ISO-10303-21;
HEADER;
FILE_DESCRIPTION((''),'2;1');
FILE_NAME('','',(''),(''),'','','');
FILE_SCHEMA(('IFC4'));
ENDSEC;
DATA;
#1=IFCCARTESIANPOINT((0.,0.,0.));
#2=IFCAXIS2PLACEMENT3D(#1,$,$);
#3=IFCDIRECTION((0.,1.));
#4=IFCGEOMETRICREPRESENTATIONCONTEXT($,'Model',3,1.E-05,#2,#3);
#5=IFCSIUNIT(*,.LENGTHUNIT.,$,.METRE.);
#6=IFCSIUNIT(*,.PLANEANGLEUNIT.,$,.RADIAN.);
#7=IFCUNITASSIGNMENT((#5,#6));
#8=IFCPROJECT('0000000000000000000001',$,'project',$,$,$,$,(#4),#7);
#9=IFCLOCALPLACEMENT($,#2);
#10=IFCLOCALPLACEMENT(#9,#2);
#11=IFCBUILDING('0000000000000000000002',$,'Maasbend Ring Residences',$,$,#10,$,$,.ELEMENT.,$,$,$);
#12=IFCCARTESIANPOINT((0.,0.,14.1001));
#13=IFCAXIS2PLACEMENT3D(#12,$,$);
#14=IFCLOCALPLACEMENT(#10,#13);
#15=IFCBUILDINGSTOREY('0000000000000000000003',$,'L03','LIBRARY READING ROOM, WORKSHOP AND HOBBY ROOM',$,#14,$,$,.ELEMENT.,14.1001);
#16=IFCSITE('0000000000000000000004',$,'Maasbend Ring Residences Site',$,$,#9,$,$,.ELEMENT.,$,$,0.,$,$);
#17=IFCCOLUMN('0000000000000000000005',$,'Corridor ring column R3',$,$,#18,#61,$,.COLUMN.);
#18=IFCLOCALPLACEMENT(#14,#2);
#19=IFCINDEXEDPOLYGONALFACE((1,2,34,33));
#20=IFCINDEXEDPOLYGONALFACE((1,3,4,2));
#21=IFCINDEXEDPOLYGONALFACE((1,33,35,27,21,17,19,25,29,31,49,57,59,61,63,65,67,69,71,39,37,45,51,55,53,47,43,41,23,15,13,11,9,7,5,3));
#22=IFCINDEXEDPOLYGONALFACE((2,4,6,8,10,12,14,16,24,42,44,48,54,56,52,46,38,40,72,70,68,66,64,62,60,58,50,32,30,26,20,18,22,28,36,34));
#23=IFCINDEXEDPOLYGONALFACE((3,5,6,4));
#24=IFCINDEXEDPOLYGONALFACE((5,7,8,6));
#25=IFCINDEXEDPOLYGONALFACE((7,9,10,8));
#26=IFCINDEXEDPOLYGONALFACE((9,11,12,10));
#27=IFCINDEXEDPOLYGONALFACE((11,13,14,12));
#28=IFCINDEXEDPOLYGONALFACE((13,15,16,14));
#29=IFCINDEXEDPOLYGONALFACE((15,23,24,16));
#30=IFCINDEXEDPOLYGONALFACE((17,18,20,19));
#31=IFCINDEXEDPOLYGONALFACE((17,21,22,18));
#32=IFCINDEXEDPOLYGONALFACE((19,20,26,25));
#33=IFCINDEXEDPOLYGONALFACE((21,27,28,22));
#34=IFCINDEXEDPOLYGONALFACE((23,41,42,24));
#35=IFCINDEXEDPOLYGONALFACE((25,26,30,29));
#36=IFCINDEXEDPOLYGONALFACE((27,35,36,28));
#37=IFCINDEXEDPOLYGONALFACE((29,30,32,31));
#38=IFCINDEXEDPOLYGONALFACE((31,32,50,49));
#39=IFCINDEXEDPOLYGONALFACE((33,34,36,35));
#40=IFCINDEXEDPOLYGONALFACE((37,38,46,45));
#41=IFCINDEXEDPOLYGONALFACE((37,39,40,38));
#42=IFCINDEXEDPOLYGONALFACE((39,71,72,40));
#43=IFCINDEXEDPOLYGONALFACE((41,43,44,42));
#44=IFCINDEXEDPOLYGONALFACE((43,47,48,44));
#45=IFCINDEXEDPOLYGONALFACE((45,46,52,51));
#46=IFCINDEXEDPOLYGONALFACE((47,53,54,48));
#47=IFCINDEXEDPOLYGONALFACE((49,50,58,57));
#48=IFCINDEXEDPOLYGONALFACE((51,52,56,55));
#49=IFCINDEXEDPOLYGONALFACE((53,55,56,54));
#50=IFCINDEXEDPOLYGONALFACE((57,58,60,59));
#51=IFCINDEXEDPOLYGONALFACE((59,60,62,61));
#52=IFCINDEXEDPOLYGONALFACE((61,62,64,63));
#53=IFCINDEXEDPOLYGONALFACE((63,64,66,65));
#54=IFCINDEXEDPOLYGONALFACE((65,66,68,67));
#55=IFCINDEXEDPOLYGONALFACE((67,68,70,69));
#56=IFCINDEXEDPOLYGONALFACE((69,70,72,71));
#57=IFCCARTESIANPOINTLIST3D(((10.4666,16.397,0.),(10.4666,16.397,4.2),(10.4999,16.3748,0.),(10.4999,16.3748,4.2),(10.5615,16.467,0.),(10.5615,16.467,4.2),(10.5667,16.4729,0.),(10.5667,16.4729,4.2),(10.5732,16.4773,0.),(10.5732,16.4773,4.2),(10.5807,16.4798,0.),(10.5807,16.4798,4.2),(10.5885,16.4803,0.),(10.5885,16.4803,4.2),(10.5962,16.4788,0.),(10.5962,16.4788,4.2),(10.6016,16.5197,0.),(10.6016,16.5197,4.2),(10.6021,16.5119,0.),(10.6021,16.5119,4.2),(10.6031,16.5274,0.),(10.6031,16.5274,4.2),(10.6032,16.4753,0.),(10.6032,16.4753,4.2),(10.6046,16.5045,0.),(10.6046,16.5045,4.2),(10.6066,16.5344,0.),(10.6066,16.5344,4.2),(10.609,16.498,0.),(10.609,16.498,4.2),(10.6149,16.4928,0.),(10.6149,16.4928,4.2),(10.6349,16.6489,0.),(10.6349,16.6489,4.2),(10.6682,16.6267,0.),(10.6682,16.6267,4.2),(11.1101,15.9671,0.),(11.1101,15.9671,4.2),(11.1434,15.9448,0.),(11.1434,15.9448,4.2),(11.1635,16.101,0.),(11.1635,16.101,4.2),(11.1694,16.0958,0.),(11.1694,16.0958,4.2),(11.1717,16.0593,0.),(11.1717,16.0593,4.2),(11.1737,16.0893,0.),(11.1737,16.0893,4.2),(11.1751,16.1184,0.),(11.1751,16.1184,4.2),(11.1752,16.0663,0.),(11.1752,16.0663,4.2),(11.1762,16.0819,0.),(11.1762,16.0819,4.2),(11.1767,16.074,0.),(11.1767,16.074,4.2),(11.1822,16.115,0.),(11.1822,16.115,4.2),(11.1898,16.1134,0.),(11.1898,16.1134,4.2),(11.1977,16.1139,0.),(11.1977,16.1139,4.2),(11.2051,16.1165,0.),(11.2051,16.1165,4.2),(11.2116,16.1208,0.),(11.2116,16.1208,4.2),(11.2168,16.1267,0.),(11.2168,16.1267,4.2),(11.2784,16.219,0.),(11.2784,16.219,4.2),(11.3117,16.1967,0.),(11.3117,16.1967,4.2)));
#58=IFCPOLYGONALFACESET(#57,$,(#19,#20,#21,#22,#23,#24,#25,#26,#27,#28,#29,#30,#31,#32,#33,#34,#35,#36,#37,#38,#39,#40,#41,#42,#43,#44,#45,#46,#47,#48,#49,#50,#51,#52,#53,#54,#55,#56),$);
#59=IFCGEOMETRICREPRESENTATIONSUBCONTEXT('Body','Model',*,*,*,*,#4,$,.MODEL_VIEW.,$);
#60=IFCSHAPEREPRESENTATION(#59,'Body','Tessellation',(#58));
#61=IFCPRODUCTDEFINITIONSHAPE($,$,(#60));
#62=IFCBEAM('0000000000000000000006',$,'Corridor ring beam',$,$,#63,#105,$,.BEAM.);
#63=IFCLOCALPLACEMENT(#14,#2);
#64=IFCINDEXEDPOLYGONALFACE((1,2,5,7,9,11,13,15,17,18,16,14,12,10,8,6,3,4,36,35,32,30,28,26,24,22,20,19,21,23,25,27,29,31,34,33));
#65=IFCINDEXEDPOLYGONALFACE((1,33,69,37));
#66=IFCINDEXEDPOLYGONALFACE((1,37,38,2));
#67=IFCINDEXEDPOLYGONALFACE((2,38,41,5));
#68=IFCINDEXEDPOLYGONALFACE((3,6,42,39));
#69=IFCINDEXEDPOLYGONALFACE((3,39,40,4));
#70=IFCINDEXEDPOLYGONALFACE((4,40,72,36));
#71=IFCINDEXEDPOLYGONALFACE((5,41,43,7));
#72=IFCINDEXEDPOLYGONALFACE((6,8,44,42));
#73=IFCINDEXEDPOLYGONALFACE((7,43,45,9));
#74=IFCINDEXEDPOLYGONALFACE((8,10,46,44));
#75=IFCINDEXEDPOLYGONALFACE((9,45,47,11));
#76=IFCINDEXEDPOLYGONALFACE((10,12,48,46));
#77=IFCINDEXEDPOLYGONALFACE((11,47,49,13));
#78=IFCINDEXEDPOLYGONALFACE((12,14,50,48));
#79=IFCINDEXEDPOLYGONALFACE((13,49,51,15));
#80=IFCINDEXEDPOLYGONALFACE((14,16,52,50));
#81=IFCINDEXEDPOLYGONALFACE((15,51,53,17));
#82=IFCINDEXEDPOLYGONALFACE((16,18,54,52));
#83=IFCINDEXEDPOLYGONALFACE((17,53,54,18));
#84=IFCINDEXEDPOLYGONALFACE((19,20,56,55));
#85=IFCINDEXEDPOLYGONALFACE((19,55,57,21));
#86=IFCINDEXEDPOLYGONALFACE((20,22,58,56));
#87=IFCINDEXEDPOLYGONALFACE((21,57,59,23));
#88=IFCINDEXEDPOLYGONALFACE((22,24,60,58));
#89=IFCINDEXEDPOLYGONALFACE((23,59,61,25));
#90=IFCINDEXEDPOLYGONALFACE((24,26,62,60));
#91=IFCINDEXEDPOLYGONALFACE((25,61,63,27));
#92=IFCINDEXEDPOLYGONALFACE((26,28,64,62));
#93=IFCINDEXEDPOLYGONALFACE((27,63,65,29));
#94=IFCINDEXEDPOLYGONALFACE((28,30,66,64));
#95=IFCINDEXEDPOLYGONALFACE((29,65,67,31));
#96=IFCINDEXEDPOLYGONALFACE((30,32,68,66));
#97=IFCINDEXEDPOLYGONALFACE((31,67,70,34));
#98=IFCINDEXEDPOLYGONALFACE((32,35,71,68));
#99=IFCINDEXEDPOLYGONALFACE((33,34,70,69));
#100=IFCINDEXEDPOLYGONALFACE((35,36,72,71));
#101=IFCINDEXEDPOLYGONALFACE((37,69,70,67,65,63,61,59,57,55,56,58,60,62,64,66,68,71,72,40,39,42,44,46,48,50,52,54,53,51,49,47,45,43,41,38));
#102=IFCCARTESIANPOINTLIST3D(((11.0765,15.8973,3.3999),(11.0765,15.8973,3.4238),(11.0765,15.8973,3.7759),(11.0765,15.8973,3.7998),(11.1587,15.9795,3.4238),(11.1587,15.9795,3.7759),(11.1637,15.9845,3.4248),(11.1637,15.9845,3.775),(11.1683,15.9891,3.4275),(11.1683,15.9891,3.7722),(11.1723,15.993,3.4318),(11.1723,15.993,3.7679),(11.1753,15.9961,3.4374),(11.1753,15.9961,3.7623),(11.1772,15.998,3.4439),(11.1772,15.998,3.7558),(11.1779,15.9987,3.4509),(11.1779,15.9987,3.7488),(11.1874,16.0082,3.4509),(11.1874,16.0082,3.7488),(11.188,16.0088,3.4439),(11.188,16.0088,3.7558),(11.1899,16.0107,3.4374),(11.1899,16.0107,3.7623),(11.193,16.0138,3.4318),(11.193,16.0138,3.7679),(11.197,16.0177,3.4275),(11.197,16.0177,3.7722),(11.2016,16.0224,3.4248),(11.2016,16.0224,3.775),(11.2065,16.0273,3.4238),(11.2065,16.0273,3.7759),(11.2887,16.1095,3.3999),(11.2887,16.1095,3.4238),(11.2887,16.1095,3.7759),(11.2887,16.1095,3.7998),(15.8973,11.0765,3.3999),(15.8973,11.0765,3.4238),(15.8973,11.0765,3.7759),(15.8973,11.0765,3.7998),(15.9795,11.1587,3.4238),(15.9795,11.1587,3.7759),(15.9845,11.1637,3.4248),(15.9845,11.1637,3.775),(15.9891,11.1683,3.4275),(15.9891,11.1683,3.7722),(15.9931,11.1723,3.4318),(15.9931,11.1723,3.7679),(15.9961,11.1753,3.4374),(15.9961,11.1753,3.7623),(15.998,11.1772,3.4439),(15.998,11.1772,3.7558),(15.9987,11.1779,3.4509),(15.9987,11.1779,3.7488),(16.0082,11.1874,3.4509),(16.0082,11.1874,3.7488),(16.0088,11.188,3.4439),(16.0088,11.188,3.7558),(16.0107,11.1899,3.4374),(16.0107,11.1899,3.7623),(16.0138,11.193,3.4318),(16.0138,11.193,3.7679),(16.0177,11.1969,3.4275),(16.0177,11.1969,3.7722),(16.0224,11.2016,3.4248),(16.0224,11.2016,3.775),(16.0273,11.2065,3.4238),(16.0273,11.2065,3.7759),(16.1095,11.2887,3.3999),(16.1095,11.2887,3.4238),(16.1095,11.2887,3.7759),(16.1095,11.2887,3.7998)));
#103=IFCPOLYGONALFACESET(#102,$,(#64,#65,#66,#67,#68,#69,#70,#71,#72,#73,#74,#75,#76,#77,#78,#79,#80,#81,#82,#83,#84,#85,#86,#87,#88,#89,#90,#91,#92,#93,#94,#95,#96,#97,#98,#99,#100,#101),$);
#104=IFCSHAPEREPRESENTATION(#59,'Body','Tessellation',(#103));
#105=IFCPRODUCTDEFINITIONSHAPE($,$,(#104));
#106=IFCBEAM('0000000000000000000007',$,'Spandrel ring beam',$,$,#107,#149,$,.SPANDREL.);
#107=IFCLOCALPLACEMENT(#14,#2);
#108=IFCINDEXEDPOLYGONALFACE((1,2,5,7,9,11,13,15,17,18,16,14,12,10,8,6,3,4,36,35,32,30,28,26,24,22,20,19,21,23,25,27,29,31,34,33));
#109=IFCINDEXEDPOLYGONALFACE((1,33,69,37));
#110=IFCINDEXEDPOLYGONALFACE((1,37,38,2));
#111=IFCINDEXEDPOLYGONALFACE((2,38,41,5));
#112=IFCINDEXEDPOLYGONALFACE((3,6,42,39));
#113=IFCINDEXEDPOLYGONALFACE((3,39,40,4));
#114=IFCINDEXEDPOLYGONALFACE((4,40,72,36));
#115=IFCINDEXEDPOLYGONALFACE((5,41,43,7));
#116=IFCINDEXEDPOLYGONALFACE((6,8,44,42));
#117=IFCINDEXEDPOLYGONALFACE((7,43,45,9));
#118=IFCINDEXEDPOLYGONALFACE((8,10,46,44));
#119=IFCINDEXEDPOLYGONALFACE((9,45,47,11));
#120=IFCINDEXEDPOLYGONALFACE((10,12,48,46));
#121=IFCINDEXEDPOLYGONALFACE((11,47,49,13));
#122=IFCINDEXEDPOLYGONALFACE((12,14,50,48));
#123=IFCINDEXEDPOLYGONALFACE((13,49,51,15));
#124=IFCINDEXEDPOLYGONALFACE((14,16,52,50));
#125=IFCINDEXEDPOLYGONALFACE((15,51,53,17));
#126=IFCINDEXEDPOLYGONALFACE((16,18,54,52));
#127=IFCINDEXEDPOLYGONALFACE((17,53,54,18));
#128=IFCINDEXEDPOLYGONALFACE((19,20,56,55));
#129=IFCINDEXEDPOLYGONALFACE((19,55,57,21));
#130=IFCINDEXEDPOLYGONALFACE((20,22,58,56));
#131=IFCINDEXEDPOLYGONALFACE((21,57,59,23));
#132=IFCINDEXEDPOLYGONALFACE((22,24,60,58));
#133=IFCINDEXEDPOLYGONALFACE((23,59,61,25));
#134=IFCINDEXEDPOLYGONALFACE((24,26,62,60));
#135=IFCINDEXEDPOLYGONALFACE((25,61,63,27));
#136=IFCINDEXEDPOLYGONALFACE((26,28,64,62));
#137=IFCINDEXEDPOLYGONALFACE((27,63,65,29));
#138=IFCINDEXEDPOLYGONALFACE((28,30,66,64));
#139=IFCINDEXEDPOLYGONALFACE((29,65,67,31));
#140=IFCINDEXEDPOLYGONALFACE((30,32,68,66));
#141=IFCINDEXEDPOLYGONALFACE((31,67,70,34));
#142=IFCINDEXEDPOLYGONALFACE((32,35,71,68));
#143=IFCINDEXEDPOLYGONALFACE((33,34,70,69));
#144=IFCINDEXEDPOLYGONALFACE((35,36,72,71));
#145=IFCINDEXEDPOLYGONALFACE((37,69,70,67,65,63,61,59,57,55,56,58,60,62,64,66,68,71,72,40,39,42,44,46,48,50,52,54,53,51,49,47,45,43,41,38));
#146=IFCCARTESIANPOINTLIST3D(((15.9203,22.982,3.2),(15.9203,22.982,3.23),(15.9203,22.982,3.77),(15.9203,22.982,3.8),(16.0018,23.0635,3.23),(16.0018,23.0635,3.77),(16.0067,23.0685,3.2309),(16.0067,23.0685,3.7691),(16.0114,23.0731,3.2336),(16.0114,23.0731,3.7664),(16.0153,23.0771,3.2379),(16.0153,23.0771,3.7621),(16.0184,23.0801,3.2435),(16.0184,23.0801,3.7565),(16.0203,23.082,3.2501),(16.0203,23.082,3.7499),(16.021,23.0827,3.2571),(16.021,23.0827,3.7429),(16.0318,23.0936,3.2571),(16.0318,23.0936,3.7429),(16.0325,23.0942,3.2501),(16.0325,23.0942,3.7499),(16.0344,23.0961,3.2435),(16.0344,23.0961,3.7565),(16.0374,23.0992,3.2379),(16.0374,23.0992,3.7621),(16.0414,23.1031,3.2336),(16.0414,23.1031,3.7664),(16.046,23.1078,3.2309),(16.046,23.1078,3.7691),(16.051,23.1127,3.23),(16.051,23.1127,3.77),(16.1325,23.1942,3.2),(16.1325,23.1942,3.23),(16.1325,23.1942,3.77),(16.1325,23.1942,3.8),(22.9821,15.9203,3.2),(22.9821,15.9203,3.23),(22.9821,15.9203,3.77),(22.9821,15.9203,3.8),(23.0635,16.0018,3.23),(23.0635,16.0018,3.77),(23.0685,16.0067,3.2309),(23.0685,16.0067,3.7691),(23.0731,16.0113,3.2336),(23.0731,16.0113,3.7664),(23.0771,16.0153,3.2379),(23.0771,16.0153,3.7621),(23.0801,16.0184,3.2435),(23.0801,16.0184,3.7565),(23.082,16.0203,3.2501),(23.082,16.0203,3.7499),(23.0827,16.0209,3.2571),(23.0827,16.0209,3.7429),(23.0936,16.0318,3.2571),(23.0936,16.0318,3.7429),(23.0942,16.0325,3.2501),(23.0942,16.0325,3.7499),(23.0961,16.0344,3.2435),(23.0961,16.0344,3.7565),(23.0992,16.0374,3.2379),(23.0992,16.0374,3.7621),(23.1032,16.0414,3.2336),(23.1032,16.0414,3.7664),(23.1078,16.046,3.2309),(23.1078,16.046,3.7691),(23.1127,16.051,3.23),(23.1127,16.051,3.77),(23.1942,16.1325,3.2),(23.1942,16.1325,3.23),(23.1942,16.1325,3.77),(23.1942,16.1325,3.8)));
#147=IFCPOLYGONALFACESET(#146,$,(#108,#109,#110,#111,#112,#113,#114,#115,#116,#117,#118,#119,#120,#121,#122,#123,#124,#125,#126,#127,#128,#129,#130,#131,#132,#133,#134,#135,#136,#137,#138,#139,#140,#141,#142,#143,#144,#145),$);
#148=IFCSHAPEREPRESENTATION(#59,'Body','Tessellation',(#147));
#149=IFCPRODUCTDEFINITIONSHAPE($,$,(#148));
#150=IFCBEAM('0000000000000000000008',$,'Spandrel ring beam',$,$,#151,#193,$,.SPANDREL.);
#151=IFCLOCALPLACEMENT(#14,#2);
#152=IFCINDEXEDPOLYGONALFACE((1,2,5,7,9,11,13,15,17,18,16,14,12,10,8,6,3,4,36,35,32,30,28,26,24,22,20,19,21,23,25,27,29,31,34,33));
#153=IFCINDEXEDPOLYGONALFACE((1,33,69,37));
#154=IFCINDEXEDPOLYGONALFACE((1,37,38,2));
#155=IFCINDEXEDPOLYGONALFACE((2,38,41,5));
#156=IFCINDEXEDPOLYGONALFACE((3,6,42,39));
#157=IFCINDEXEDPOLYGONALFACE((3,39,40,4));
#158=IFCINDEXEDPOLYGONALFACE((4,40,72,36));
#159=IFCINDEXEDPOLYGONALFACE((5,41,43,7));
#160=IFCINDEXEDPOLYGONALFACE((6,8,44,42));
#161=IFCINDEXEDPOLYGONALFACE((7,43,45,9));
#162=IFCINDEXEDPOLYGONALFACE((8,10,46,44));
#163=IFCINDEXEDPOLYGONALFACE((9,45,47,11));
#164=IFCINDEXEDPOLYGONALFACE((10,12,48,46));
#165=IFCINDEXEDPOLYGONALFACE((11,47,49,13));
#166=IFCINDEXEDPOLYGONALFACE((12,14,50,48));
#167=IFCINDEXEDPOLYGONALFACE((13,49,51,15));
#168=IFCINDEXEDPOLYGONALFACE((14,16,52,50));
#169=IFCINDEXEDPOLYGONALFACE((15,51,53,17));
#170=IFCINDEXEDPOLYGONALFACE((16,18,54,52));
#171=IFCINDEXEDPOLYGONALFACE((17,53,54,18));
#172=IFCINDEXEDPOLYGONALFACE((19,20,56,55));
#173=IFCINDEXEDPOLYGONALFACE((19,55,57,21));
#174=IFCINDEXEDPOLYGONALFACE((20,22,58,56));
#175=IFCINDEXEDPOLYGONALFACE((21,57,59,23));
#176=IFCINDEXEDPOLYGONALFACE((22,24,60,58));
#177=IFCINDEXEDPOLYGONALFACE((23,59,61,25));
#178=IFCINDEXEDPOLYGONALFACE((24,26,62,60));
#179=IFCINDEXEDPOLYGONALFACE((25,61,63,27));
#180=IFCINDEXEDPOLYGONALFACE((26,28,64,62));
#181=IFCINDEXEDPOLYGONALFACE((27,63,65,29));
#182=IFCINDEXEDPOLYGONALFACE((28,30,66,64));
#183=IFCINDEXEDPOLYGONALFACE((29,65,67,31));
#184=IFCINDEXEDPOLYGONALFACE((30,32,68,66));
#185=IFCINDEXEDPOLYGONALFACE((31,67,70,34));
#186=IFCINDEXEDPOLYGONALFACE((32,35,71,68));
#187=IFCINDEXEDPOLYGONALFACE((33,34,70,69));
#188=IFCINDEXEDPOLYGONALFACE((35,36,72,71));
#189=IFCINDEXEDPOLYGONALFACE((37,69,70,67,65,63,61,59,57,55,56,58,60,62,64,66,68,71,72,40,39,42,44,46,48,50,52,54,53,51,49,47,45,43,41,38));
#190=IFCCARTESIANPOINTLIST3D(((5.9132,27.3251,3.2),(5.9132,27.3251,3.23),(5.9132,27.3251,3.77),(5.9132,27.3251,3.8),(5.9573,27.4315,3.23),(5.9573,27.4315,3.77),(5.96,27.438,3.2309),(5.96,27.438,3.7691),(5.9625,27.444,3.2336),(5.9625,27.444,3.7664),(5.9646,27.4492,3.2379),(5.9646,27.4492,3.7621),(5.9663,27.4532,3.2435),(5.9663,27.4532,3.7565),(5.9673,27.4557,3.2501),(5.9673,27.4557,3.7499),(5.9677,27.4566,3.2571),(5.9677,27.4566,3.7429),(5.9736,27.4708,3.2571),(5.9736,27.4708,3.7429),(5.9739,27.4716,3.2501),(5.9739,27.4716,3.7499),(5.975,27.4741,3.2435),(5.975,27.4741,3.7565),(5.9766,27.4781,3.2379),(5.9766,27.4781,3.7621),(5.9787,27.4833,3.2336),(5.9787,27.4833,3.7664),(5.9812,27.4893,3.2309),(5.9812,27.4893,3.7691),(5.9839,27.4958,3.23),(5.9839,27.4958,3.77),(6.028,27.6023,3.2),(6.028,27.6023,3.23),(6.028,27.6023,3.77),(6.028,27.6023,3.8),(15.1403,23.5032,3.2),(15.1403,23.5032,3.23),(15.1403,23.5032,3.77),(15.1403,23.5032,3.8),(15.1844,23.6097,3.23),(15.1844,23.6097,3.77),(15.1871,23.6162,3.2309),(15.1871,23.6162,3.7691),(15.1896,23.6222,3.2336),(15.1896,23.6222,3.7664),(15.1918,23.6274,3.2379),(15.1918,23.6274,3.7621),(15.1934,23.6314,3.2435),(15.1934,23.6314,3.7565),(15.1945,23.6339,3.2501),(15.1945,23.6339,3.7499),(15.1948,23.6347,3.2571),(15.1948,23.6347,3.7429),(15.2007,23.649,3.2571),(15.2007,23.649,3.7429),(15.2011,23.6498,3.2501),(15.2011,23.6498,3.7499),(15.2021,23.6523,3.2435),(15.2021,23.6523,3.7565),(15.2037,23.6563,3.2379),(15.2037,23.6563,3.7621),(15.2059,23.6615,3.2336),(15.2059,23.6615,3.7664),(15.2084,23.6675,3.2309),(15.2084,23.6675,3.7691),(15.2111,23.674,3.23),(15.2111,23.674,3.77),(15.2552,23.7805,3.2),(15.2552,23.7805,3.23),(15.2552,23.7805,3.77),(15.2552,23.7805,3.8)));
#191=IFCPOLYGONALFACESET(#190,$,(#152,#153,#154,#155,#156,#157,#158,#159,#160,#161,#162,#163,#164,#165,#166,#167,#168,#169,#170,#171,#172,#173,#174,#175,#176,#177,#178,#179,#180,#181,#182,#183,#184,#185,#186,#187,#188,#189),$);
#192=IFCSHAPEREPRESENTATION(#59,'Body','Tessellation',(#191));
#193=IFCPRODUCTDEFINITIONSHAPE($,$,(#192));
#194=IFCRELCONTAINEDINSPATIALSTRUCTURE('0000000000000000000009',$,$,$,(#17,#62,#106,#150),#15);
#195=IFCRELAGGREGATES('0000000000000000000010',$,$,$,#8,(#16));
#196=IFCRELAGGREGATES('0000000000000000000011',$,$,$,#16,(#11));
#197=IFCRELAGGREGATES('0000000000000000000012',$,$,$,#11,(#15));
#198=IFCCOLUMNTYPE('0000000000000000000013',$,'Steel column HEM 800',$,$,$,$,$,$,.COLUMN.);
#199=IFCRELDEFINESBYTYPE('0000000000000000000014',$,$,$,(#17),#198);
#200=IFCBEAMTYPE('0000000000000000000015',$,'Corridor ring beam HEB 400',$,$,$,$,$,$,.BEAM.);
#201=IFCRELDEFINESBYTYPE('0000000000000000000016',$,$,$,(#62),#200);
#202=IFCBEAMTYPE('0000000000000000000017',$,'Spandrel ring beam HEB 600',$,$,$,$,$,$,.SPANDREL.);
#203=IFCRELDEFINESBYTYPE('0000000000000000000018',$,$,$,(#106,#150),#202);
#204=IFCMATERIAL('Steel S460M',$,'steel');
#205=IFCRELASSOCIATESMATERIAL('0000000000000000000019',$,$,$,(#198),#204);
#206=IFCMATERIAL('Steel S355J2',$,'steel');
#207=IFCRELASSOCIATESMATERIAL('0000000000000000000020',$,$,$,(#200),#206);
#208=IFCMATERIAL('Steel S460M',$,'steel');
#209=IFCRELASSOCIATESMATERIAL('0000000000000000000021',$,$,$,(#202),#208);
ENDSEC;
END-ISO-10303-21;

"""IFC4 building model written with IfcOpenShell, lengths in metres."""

from ifc_helpers import new_model, si_unit, direction, frame, origin, origin_2d, place, context, subcontext, project, spatial, i_section, extrude, material, material_profile, profile_set, type_object, element, save


model = new_model("IFC4")

# Units and contexts
model_context = context("Model", 3, precision=1e-05, world=origin(), true_north=direction((0.0, 1.0)))
body_context = subcontext(model_context, "Body", "Model", "MODEL_VIEW")
ifc_project = project(units=[si_unit("LENGTHUNIT", "METRE"), si_unit("PLANEANGLEUNIT", "RADIAN")], contexts=[model_context])

# Site, building, storey
site_placement = place(None, origin())
site = spatial("IfcSite", under=ifc_project, at=site_placement, Name="Maasbend Ring Residences Site", CompositionType="ELEMENT", RefElevation=0.0)
building_placement = place(site_placement, origin())
building = spatial("IfcBuilding", under=site, at=building_placement, Name="Maasbend Ring Residences", CompositionType="ELEMENT")
storey_placement = place(building_placement, frame((0.0, 0.0, 14.1001)))
storey = spatial("IfcBuildingStorey", under=building, at=storey_placement, Name="L03", Description="LIBRARY READING ROOM, WORKSHOP AND HOBBY ROOM", CompositionType="ELEMENT", Elevation=14.1001)

# Column
ifc_material_1 = material(Name="Steel S460M", Category="steel")
ifc_material_profile_1 = material_profile(ifc_material_1, i_section(OverallWidth=0.303, OverallDepth=0.814, WebThickness=0.021, FlangeThickness=0.04, FilletRadius=0.03, at=origin_2d()), Name="HEM 800")
ifc_profile_set_1 = profile_set([ifc_material_profile_1], Name="Steel S460M")
column_type_1 = type_object("IfcColumnType", Name="Steel column HEM 800", PredefinedType="COLUMN", material=ifc_profile_set_1)
column_placement = place(storey_placement, frame((10.8892, 16.2969, 0.0), z_axis=(0.0, 0.0, 1.0), x_axis=(0.55557, 0.83147, 0.0)))
element("IfcColumn", 1, at=column_placement, inside=storey, type_object=column_type_1, Name="Corridor ring column R3", PredefinedType="COLUMN", context=body_context, shape_type="SweptSolid", body=[
    extrude(i_section(OverallWidth=0.303, OverallDepth=0.814, WebThickness=0.021, FlangeThickness=0.04, FilletRadius=0.03, at=origin_2d()), origin(), (0.0, 0.0, 1.0), 4.2),
])

# Beams
ifc_material_2 = material(Name="Steel S355J2", Category="steel")
ifc_material_profile_2 = material_profile(ifc_material_2, i_section(OverallWidth=0.3, OverallDepth=0.3999, WebThickness=0.0134, FlangeThickness=0.0239, FilletRadius=0.0271, at=origin_2d()), Name="HEB 400")
ifc_profile_set_2 = profile_set([ifc_material_profile_2], Name="Steel S355J2")
beam_type_1 = type_object("IfcBeamType", Name="Corridor ring beam HEB 400", PredefinedType="BEAM", material=ifc_profile_set_2)
beam_1_placement = place(storey_placement, frame((16.0034, 11.1826, 3.5999), z_axis=(-0.707107, 0.707107, 0.0), x_axis=(-0.707107, -0.707107, 0.0)))
element("IfcBeam", 2, at=beam_1_placement, inside=storey, type_object=beam_type_1, Name="Corridor ring beam", PredefinedType="BEAM", context=body_context, shape_type="SweptSolid", body=[
    extrude(i_section(OverallWidth=0.3, OverallDepth=0.3999, WebThickness=0.0134, FlangeThickness=0.0239, FilletRadius=0.0271, at=origin_2d()), origin(), (0.0, 0.0, 1.0), 6.8176),
])
ifc_material_3 = material(Name="Steel S460M", Category="steel")
ifc_material_profile_3 = material_profile(ifc_material_3, i_section(OverallWidth=0.3, OverallDepth=0.6001, WebThickness=0.0154, FlangeThickness=0.03, FilletRadius=0.0271, at=origin_2d()), Name="HEB 600")
ifc_profile_set_3 = profile_set([ifc_material_profile_3], Name="Steel S460M")
beam_type_2 = type_object("IfcBeamType", Name="Spandrel ring beam HEB 600", PredefinedType="SPANDREL", material=ifc_profile_set_3)
beam_2_placement = place(storey_placement, frame((23.0881, 16.0264, 3.5), z_axis=(-0.707107, 0.707107, 0.0), x_axis=(-0.707107, -0.707107, 0.0)))
element("IfcBeam", 3, at=beam_2_placement, inside=storey, type_object=beam_type_2, Name="Spandrel ring beam", PredefinedType="SPANDREL", context=body_context, shape_type="SweptSolid", body=[
    extrude(i_section(OverallWidth=0.3, OverallDepth=0.6001, WebThickness=0.0154, FlangeThickness=0.03, FilletRadius=0.0271, at=origin_2d()), origin(), (0.0, 0.0, 1.0), 9.9868),
])
beam_3_placement = place(storey_placement, frame((15.1978, 23.6418, 3.5), z_axis=(-0.923886, 0.382667, 0.0), x_axis=(-0.382667, -0.923886, 0.0)))
element("IfcBeam", 4, at=beam_3_placement, inside=storey, type_object=beam_type_2, Name="Spandrel ring beam", PredefinedType="SPANDREL", context=body_context, shape_type="SweptSolid", body=[
    extrude(i_section(OverallWidth=0.3, OverallDepth=0.6001, WebThickness=0.0154, FlangeThickness=0.03, FilletRadius=0.0271, at=origin_2d()), origin(), (0.0, 0.0, 1.0), 9.9873),
])

save(model, "model.ifc")
